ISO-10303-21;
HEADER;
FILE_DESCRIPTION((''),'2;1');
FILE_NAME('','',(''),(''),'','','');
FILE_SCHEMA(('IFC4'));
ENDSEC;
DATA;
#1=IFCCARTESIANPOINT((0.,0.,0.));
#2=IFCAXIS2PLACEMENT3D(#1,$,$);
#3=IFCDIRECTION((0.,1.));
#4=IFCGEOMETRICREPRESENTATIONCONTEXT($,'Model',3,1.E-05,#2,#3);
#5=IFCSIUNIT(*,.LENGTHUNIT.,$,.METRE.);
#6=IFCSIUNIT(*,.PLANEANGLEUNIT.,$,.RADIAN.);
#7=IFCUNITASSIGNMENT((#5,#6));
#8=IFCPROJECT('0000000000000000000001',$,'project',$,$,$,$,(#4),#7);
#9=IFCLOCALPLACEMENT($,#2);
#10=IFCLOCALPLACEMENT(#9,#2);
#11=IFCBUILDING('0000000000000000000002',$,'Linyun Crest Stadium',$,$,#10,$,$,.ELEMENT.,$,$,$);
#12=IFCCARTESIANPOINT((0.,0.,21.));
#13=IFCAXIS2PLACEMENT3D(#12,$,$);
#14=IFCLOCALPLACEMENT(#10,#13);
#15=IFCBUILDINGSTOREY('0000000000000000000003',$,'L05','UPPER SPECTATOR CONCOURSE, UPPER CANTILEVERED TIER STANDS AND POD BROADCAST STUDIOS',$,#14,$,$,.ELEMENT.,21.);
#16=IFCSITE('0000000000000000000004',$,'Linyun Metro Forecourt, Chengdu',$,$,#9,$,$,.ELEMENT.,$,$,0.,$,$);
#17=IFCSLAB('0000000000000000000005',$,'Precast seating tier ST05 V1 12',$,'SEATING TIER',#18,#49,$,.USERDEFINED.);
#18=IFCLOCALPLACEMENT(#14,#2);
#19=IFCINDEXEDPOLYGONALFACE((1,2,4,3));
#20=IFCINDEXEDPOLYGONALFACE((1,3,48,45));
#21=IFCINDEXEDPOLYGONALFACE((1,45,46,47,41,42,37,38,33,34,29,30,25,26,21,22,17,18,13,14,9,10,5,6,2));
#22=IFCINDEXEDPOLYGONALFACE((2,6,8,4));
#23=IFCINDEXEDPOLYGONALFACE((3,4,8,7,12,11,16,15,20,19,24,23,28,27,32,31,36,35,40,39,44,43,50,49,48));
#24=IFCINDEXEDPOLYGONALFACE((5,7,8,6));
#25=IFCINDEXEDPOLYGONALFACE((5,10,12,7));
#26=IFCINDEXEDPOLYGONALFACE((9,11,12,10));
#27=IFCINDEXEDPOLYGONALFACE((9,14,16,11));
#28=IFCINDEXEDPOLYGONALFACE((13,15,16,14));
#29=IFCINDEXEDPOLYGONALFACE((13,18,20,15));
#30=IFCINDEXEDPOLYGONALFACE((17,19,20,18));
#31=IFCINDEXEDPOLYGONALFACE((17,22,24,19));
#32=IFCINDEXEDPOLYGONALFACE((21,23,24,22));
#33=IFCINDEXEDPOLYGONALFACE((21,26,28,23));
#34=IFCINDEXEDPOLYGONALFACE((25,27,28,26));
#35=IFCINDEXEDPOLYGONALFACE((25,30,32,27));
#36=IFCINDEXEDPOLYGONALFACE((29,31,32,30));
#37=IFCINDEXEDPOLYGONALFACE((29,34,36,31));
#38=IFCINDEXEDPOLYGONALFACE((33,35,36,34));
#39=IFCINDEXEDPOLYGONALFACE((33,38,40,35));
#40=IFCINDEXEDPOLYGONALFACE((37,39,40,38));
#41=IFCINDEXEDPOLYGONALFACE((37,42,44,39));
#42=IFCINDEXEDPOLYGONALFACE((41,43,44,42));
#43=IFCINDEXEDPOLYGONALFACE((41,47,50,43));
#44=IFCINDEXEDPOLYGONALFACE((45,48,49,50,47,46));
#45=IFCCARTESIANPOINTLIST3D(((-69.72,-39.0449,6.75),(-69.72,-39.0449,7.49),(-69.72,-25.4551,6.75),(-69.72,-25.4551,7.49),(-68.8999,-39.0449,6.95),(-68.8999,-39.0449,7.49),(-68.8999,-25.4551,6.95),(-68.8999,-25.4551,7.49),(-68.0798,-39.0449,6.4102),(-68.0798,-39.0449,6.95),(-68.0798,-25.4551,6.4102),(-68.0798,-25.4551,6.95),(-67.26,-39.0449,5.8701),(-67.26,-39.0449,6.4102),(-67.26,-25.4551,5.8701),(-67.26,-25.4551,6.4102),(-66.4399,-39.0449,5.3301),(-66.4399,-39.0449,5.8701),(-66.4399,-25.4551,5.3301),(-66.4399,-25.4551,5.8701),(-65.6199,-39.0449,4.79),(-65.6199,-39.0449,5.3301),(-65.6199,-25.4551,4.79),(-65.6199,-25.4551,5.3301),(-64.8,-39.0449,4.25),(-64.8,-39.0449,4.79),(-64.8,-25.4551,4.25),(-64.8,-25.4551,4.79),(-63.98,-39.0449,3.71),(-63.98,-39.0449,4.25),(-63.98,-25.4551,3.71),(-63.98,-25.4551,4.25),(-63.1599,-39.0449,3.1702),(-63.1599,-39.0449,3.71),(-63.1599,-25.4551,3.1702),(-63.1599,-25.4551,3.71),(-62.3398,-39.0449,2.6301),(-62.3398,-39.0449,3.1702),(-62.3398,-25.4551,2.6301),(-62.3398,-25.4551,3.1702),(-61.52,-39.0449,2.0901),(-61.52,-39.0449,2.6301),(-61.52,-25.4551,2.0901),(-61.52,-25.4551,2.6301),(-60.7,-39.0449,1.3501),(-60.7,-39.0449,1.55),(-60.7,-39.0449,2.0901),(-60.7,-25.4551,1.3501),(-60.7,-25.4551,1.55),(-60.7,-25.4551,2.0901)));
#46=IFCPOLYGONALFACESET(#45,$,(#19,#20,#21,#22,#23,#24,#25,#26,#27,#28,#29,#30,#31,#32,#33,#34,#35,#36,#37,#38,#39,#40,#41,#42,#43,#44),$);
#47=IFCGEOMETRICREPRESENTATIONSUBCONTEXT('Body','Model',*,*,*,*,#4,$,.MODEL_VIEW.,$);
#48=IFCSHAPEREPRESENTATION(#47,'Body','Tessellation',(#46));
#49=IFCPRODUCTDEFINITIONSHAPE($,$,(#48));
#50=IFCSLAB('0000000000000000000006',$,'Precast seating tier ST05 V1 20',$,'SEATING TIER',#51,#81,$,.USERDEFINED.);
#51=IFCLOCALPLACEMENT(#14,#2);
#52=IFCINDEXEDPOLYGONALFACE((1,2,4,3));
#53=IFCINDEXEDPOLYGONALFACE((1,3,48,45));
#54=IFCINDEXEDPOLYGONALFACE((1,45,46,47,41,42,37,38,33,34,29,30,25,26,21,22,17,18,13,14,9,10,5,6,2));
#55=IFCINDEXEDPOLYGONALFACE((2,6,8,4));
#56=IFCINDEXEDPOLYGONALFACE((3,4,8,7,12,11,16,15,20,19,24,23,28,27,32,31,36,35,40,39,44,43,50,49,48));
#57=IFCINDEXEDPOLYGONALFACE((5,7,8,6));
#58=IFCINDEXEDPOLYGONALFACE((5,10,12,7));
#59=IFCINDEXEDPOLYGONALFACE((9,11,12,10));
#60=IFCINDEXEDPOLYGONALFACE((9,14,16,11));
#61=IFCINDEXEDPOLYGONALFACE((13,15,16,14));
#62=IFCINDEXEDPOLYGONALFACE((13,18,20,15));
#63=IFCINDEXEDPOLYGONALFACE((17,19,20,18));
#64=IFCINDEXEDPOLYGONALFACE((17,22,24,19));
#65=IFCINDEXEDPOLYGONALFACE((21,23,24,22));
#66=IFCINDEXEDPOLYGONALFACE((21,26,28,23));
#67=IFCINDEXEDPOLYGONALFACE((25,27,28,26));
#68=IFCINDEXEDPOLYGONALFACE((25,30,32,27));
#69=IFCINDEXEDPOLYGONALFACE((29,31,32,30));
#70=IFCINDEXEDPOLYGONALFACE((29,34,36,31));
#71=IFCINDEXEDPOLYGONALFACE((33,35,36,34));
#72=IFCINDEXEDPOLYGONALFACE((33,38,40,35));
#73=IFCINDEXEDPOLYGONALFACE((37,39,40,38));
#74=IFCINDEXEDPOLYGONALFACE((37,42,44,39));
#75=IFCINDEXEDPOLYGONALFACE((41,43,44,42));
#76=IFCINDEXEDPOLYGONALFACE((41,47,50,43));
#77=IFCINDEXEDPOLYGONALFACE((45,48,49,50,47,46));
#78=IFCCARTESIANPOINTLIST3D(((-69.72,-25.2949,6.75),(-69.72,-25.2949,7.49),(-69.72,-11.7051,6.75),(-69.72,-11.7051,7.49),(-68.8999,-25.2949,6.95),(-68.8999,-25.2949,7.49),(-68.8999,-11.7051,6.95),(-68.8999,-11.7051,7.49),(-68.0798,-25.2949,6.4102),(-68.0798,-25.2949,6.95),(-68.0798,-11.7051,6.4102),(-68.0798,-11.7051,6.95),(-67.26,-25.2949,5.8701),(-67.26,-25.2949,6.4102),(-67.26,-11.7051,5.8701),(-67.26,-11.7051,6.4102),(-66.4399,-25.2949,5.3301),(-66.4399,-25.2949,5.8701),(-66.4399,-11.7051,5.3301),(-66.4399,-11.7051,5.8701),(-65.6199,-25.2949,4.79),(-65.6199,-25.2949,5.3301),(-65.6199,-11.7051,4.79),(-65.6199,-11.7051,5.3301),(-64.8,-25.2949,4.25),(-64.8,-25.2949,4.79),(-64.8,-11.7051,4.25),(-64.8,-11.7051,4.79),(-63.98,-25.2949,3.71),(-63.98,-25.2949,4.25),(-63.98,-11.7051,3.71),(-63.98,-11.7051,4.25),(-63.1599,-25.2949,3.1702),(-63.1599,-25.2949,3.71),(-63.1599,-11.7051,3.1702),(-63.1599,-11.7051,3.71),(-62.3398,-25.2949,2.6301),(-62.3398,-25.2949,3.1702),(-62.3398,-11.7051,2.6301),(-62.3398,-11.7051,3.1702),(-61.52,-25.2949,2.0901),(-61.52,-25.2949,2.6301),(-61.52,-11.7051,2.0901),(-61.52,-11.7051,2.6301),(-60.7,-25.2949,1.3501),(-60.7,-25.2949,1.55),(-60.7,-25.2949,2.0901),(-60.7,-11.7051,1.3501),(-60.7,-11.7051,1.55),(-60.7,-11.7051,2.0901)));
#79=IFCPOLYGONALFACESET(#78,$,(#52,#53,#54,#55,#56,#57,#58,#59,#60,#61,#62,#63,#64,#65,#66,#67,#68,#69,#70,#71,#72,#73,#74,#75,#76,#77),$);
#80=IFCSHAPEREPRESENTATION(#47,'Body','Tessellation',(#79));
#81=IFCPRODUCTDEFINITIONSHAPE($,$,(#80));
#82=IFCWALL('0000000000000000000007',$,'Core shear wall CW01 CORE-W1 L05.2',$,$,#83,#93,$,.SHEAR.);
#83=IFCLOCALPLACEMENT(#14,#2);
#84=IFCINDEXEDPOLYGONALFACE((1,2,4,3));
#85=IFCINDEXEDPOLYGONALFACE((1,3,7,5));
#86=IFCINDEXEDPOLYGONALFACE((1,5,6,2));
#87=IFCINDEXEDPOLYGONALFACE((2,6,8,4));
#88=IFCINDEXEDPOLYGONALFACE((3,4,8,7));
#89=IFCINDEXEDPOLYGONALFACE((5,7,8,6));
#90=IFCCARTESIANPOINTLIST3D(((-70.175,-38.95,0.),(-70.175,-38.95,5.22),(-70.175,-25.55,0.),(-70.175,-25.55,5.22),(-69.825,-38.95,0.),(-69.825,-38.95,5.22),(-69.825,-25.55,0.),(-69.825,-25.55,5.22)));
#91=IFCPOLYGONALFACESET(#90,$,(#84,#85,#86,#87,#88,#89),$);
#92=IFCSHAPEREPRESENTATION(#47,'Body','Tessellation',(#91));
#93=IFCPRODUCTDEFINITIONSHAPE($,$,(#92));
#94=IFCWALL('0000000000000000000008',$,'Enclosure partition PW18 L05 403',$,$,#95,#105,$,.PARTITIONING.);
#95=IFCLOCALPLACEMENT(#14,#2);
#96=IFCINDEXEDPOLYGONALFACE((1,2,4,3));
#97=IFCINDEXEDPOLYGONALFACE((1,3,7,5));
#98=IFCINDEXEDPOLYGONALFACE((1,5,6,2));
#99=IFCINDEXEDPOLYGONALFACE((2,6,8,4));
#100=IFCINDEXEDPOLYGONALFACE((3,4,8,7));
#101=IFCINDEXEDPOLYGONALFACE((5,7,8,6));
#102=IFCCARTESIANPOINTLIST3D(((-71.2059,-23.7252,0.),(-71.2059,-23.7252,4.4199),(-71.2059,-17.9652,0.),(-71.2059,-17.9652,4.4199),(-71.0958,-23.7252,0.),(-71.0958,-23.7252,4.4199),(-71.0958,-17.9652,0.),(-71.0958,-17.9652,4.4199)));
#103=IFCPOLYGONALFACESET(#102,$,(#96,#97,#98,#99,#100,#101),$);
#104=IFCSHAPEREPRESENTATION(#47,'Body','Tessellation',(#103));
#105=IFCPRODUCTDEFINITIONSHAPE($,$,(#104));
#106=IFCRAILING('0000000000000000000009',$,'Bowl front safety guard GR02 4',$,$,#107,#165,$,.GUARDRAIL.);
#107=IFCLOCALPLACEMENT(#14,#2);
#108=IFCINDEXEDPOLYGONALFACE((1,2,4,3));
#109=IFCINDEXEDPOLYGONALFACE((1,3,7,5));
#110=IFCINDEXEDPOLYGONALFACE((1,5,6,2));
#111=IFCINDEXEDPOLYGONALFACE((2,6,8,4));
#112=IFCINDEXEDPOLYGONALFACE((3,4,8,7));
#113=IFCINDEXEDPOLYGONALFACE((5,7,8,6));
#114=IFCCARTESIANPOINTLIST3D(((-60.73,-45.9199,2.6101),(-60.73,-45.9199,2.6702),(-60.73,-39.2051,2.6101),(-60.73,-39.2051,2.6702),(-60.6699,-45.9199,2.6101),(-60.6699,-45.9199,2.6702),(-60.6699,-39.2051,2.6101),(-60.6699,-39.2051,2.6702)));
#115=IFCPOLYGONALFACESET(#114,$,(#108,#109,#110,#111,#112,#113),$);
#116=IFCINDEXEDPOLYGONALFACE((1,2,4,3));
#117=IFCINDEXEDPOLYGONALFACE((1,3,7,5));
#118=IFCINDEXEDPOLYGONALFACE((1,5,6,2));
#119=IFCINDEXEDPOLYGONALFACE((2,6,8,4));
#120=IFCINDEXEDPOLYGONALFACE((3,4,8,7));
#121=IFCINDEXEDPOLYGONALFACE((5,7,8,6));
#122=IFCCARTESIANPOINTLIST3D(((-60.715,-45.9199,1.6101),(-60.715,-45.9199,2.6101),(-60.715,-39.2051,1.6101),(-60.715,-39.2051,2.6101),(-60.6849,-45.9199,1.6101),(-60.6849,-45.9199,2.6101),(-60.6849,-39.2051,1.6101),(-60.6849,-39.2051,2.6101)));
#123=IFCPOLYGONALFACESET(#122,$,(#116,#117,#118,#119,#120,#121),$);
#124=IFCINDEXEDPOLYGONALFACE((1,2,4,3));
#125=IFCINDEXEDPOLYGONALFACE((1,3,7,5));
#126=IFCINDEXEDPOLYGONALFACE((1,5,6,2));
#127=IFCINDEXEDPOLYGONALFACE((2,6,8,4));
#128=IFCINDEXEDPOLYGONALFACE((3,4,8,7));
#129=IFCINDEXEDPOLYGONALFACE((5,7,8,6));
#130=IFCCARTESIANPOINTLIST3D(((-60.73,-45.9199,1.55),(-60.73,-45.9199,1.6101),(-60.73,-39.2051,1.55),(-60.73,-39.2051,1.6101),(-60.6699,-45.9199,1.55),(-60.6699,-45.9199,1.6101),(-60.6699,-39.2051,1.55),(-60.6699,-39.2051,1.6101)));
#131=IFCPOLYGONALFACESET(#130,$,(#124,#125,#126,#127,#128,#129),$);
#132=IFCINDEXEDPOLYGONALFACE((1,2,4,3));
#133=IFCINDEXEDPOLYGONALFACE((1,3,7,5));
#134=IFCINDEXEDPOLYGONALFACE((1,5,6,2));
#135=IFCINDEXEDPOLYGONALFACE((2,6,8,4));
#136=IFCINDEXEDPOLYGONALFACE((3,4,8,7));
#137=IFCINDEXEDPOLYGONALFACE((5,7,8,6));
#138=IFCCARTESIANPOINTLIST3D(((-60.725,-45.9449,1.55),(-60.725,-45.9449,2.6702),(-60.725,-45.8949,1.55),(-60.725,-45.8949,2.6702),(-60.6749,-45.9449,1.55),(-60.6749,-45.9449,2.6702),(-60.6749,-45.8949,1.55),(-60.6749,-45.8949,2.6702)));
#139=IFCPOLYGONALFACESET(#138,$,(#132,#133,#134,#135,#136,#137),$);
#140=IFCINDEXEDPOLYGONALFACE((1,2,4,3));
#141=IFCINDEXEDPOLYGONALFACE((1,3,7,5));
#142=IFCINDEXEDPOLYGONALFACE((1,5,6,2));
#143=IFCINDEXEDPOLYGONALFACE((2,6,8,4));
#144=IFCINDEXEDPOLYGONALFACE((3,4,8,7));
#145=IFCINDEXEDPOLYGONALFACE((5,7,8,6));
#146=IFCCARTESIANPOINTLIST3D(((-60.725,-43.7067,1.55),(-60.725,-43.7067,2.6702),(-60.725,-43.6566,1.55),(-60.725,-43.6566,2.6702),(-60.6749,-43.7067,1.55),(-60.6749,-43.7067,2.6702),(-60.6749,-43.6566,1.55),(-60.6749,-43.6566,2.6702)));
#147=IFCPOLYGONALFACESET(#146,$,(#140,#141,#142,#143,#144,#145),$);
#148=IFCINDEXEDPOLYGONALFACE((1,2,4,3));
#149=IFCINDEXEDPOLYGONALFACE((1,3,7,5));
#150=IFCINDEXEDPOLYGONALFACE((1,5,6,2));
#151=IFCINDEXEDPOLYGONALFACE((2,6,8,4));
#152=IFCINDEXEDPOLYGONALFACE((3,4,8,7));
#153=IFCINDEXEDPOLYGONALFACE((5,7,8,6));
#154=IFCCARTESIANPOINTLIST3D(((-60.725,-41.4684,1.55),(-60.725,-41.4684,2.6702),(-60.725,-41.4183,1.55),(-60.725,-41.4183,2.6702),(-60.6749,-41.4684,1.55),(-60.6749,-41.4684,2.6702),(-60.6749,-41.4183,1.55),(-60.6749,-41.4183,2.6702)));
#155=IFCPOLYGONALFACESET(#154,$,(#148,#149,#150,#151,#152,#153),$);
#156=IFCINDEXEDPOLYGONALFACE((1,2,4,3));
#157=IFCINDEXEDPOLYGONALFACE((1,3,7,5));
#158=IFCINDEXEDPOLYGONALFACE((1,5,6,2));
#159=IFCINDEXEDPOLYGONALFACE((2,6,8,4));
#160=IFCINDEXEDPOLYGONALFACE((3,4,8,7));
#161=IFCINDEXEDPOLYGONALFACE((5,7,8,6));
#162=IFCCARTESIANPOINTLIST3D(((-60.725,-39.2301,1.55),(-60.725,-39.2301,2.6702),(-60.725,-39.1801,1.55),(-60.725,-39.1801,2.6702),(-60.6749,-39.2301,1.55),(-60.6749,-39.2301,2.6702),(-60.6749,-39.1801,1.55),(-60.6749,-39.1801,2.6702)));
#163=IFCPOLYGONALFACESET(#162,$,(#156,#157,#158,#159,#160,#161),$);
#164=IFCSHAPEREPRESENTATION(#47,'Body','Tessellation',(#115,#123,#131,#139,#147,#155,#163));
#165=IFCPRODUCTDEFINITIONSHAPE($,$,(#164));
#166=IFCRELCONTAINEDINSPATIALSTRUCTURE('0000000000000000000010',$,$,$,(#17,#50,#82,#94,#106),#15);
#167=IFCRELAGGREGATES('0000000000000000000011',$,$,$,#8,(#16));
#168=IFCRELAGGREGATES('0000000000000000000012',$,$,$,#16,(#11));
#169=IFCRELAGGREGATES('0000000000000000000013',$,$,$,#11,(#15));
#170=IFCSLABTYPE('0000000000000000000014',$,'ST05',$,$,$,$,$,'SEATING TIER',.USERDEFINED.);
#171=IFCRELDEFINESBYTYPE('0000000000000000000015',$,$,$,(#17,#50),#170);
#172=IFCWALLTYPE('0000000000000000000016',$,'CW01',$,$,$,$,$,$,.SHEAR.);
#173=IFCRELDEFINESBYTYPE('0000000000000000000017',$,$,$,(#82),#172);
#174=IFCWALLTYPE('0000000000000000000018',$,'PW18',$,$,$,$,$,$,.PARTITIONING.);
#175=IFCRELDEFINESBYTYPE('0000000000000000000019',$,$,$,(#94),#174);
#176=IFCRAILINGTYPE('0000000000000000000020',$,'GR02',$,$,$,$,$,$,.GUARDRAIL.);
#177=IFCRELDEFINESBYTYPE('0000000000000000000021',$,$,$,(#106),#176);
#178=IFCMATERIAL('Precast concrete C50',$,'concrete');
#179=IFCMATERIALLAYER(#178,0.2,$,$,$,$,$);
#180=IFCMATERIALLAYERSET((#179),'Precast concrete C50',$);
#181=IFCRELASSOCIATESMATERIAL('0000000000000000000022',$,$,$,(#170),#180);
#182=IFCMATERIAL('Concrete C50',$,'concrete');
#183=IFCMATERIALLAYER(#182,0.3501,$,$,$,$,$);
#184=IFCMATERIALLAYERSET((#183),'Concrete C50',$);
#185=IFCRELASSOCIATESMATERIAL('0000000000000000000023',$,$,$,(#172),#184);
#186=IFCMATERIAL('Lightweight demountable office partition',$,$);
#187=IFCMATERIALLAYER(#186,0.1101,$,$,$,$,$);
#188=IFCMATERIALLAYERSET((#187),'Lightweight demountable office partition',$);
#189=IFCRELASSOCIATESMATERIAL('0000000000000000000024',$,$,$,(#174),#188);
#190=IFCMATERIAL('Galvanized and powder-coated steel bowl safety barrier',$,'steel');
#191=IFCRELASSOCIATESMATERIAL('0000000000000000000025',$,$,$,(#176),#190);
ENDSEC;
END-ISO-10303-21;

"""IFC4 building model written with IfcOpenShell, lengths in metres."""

from ifc_helpers import new_model, si_unit, direction, frame, frame_2d, origin, origin_2d, place, context, subcontext, project, spatial, polyline, rectangle, outline, extrude, material, layer, layer_set, type_object, element, save


model = new_model("IFC4")

# Units and contexts
model_context = context("Model", 3, precision=1e-05, world=origin(), true_north=direction((0.0, 1.0)))
body_context = subcontext(model_context, "Body", "Model", "MODEL_VIEW")
ifc_project = project(units=[si_unit("LENGTHUNIT", "METRE"), si_unit("PLANEANGLEUNIT", "RADIAN")], contexts=[model_context])

# Site, building, storey
site_placement = place(None, origin())
site = spatial("IfcSite", under=ifc_project, at=site_placement, Name="Linyun Metro Forecourt, Chengdu", CompositionType="ELEMENT", RefElevation=0.0)
building_placement = place(site_placement, origin())
building = spatial("IfcBuilding", under=site, at=building_placement, Name="Linyun Crest Stadium", CompositionType="ELEMENT")
storey_placement = place(building_placement, frame((0.0, 0.0, 21.0)))
storey = spatial("IfcBuildingStorey", under=building, at=storey_placement, Name="L05", Description="UPPER SPECTATOR CONCOURSE, UPPER CANTILEVERED TIER STANDS AND POD BROADCAST STUDIOS", CompositionType="ELEMENT", Elevation=21.0)

# Slabs
ifc_material_1 = material(Name="Precast concrete C50", Category="concrete")
ifc_layer_1 = layer(ifc_material_1, 0.2)
ifc_layer_set_1 = layer_set([ifc_layer_1], Name="Precast concrete C50")
slab_type = type_object("IfcSlabType", Name="ST05", ElementType="SEATING TIER", PredefinedType="USERDEFINED", material=ifc_layer_set_1)
for number, where, z_axis, x_axis, name in (
    (1, (-60.7, -39.0449, 1.55), (0.0, 0.0, 1.0), (-1.0, 0.0, 0.0), "Precast seating tier ST05 V1 12"),
    (2, (-60.7, -25.2949, 1.55), (0.0, 0.0, 1.0), (-1.0, 0.0, 0.0), "Precast seating tier ST05 V1 20"),
):
    element("IfcSlab", number, at=place(storey_placement, frame(where, z_axis=z_axis, x_axis=x_axis)), inside=storey, type_object=slab_type, Name=name, ObjectType="SEATING TIER", PredefinedType="USERDEFINED", context=body_context, shape_type="SweptSolid", body=[
        extrude(outline(polyline([(0.0, 0.0), (0.0, 0.54), (0.8201, 0.54), (0.8201, 1.0801), (1.6399, 1.0801), (1.6399, 1.6201), (2.46, 1.6201), (2.46, 2.1599), (3.28, 2.1599), (3.28, 2.7), (4.1001, 2.7), (4.1001, 3.24), (4.9199, 3.24), (4.9199, 3.78), (5.74, 3.78), (5.74, 4.3201), (6.5601, 4.3201), (6.5601, 4.8601), (7.3799, 4.8601), (7.3799, 5.3999), (8.2, 5.3999), (8.2, 5.9399), (9.02, 5.9399), (9.02, 5.2), (0.0, -0.2), (0.0, 0.0)])), frame((0.0, 0.0, 0.0), z_axis=(0.0, -1.0, 0.0), x_axis=(1.0, 0.0, 0.0)), (0.0, 0.0, 1.0), 13.5898),
    ])

# Walls
ifc_material_2 = material(Name="Concrete C50", Category="concrete")
ifc_layer_2 = layer(ifc_material_2, 0.3501)
ifc_layer_set_2 = layer_set([ifc_layer_2], Name="Concrete C50")
wall_type_1 = type_object("IfcWallType", Name="CW01", PredefinedType="SHEAR", material=ifc_layer_set_2)
wall_1_placement = place(storey_placement, frame((-70.0, -38.95, 0.0), z_axis=(0.0, 0.0, 1.0), x_axis=(0.0, 1.0, 0.0)))
element("IfcWall", 3, at=wall_1_placement, inside=storey, type_object=wall_type_1, Name="Core shear wall CW01 CORE-W1 L05.2", PredefinedType="SHEAR", context=body_context, shape_type="SweptSolid", body=[
    extrude(rectangle(XDim=13.3999, YDim=0.3501, at=frame_2d((6.7, 0.0))), origin(), (0.0, 0.0, 1.0), 5.22),
])
ifc_material_3 = material(Name="Lightweight demountable office partition")
ifc_layer_3 = layer(ifc_material_3, 0.1101)
ifc_layer_set_3 = layer_set([ifc_layer_3], Name="Lightweight demountable office partition")
wall_type_2 = type_object("IfcWallType", Name="PW18", PredefinedType="PARTITIONING", material=ifc_layer_set_3)
wall_2_placement = place(storey_placement, frame((-71.1509, -23.7251, 0.0), z_axis=(0.0, 0.0, 1.0), x_axis=(0.0, 1.0, 0.0)))
element("IfcWall", 4, at=wall_2_placement, inside=storey, type_object=wall_type_2, Name="Enclosure partition PW18 L05 403", PredefinedType="PARTITIONING", context=body_context, shape_type="SweptSolid", body=[
    extrude(rectangle(XDim=5.76, YDim=0.1101, at=frame_2d((2.8799, 0.0))), origin(), (0.0, 0.0, 1.0), 4.4199),
])

# Railing
ifc_material_4 = material(Name="Galvanized and powder-coated steel bowl safety barrier", Category="steel")
railing_type = type_object("IfcRailingType", Name="GR02", PredefinedType="GUARDRAIL", material=ifc_material_4)
railing_1_placement = place(storey_placement, frame((-60.7, -45.9199, 1.55)))
element("IfcRailing", 5, at=railing_1_placement, inside=storey, type_object=railing_type, Name="Bowl front safety guard GR02 4", PredefinedType="GUARDRAIL", context=body_context, shape_type="SweptSolid", body=[
    extrude(rectangle(XDim=0.0601, YDim=0.0601, at=origin_2d()), frame((0.0, 0.0, 1.0901), z_axis=(0.0, 1.0, 0.0), x_axis=(-1.0, 0.0, 0.0)), (0.0, 0.0, 1.0), 6.7148),
    extrude(rectangle(XDim=0.03, YDim=1.0, at=origin_2d()), frame((0.0, 0.0, 0.5601), z_axis=(0.0, 1.0, 0.0), x_axis=(-1.0, 0.0, 0.0)), (0.0, 0.0, 1.0), 6.7148),
    extrude(rectangle(XDim=0.0601, YDim=0.0601, at=origin_2d()), frame((0.0, 0.0, 0.03), z_axis=(0.0, 1.0, 0.0), x_axis=(-1.0, 0.0, 0.0)), (0.0, 0.0, 1.0), 6.7148),
    extrude(rectangle(XDim=0.05, YDim=0.05, at=origin_2d()), origin(), (0.0, 0.0, 1.0), 1.1201),
    extrude(rectangle(XDim=0.05, YDim=0.05, at=origin_2d()), frame((0.0, 2.2383, 0.0)), (0.0, 0.0, 1.0), 1.1201),
    extrude(rectangle(XDim=0.05, YDim=0.05, at=origin_2d()), frame((0.0, 4.4766, 0.0)), (0.0, 0.0, 1.0), 1.1201),
    extrude(rectangle(XDim=0.05, YDim=0.05, at=origin_2d()), frame((0.0, 6.7148, 0.0)), (0.0, 0.0, 1.0), 1.1201),
])

save(model, "model.ifc")
